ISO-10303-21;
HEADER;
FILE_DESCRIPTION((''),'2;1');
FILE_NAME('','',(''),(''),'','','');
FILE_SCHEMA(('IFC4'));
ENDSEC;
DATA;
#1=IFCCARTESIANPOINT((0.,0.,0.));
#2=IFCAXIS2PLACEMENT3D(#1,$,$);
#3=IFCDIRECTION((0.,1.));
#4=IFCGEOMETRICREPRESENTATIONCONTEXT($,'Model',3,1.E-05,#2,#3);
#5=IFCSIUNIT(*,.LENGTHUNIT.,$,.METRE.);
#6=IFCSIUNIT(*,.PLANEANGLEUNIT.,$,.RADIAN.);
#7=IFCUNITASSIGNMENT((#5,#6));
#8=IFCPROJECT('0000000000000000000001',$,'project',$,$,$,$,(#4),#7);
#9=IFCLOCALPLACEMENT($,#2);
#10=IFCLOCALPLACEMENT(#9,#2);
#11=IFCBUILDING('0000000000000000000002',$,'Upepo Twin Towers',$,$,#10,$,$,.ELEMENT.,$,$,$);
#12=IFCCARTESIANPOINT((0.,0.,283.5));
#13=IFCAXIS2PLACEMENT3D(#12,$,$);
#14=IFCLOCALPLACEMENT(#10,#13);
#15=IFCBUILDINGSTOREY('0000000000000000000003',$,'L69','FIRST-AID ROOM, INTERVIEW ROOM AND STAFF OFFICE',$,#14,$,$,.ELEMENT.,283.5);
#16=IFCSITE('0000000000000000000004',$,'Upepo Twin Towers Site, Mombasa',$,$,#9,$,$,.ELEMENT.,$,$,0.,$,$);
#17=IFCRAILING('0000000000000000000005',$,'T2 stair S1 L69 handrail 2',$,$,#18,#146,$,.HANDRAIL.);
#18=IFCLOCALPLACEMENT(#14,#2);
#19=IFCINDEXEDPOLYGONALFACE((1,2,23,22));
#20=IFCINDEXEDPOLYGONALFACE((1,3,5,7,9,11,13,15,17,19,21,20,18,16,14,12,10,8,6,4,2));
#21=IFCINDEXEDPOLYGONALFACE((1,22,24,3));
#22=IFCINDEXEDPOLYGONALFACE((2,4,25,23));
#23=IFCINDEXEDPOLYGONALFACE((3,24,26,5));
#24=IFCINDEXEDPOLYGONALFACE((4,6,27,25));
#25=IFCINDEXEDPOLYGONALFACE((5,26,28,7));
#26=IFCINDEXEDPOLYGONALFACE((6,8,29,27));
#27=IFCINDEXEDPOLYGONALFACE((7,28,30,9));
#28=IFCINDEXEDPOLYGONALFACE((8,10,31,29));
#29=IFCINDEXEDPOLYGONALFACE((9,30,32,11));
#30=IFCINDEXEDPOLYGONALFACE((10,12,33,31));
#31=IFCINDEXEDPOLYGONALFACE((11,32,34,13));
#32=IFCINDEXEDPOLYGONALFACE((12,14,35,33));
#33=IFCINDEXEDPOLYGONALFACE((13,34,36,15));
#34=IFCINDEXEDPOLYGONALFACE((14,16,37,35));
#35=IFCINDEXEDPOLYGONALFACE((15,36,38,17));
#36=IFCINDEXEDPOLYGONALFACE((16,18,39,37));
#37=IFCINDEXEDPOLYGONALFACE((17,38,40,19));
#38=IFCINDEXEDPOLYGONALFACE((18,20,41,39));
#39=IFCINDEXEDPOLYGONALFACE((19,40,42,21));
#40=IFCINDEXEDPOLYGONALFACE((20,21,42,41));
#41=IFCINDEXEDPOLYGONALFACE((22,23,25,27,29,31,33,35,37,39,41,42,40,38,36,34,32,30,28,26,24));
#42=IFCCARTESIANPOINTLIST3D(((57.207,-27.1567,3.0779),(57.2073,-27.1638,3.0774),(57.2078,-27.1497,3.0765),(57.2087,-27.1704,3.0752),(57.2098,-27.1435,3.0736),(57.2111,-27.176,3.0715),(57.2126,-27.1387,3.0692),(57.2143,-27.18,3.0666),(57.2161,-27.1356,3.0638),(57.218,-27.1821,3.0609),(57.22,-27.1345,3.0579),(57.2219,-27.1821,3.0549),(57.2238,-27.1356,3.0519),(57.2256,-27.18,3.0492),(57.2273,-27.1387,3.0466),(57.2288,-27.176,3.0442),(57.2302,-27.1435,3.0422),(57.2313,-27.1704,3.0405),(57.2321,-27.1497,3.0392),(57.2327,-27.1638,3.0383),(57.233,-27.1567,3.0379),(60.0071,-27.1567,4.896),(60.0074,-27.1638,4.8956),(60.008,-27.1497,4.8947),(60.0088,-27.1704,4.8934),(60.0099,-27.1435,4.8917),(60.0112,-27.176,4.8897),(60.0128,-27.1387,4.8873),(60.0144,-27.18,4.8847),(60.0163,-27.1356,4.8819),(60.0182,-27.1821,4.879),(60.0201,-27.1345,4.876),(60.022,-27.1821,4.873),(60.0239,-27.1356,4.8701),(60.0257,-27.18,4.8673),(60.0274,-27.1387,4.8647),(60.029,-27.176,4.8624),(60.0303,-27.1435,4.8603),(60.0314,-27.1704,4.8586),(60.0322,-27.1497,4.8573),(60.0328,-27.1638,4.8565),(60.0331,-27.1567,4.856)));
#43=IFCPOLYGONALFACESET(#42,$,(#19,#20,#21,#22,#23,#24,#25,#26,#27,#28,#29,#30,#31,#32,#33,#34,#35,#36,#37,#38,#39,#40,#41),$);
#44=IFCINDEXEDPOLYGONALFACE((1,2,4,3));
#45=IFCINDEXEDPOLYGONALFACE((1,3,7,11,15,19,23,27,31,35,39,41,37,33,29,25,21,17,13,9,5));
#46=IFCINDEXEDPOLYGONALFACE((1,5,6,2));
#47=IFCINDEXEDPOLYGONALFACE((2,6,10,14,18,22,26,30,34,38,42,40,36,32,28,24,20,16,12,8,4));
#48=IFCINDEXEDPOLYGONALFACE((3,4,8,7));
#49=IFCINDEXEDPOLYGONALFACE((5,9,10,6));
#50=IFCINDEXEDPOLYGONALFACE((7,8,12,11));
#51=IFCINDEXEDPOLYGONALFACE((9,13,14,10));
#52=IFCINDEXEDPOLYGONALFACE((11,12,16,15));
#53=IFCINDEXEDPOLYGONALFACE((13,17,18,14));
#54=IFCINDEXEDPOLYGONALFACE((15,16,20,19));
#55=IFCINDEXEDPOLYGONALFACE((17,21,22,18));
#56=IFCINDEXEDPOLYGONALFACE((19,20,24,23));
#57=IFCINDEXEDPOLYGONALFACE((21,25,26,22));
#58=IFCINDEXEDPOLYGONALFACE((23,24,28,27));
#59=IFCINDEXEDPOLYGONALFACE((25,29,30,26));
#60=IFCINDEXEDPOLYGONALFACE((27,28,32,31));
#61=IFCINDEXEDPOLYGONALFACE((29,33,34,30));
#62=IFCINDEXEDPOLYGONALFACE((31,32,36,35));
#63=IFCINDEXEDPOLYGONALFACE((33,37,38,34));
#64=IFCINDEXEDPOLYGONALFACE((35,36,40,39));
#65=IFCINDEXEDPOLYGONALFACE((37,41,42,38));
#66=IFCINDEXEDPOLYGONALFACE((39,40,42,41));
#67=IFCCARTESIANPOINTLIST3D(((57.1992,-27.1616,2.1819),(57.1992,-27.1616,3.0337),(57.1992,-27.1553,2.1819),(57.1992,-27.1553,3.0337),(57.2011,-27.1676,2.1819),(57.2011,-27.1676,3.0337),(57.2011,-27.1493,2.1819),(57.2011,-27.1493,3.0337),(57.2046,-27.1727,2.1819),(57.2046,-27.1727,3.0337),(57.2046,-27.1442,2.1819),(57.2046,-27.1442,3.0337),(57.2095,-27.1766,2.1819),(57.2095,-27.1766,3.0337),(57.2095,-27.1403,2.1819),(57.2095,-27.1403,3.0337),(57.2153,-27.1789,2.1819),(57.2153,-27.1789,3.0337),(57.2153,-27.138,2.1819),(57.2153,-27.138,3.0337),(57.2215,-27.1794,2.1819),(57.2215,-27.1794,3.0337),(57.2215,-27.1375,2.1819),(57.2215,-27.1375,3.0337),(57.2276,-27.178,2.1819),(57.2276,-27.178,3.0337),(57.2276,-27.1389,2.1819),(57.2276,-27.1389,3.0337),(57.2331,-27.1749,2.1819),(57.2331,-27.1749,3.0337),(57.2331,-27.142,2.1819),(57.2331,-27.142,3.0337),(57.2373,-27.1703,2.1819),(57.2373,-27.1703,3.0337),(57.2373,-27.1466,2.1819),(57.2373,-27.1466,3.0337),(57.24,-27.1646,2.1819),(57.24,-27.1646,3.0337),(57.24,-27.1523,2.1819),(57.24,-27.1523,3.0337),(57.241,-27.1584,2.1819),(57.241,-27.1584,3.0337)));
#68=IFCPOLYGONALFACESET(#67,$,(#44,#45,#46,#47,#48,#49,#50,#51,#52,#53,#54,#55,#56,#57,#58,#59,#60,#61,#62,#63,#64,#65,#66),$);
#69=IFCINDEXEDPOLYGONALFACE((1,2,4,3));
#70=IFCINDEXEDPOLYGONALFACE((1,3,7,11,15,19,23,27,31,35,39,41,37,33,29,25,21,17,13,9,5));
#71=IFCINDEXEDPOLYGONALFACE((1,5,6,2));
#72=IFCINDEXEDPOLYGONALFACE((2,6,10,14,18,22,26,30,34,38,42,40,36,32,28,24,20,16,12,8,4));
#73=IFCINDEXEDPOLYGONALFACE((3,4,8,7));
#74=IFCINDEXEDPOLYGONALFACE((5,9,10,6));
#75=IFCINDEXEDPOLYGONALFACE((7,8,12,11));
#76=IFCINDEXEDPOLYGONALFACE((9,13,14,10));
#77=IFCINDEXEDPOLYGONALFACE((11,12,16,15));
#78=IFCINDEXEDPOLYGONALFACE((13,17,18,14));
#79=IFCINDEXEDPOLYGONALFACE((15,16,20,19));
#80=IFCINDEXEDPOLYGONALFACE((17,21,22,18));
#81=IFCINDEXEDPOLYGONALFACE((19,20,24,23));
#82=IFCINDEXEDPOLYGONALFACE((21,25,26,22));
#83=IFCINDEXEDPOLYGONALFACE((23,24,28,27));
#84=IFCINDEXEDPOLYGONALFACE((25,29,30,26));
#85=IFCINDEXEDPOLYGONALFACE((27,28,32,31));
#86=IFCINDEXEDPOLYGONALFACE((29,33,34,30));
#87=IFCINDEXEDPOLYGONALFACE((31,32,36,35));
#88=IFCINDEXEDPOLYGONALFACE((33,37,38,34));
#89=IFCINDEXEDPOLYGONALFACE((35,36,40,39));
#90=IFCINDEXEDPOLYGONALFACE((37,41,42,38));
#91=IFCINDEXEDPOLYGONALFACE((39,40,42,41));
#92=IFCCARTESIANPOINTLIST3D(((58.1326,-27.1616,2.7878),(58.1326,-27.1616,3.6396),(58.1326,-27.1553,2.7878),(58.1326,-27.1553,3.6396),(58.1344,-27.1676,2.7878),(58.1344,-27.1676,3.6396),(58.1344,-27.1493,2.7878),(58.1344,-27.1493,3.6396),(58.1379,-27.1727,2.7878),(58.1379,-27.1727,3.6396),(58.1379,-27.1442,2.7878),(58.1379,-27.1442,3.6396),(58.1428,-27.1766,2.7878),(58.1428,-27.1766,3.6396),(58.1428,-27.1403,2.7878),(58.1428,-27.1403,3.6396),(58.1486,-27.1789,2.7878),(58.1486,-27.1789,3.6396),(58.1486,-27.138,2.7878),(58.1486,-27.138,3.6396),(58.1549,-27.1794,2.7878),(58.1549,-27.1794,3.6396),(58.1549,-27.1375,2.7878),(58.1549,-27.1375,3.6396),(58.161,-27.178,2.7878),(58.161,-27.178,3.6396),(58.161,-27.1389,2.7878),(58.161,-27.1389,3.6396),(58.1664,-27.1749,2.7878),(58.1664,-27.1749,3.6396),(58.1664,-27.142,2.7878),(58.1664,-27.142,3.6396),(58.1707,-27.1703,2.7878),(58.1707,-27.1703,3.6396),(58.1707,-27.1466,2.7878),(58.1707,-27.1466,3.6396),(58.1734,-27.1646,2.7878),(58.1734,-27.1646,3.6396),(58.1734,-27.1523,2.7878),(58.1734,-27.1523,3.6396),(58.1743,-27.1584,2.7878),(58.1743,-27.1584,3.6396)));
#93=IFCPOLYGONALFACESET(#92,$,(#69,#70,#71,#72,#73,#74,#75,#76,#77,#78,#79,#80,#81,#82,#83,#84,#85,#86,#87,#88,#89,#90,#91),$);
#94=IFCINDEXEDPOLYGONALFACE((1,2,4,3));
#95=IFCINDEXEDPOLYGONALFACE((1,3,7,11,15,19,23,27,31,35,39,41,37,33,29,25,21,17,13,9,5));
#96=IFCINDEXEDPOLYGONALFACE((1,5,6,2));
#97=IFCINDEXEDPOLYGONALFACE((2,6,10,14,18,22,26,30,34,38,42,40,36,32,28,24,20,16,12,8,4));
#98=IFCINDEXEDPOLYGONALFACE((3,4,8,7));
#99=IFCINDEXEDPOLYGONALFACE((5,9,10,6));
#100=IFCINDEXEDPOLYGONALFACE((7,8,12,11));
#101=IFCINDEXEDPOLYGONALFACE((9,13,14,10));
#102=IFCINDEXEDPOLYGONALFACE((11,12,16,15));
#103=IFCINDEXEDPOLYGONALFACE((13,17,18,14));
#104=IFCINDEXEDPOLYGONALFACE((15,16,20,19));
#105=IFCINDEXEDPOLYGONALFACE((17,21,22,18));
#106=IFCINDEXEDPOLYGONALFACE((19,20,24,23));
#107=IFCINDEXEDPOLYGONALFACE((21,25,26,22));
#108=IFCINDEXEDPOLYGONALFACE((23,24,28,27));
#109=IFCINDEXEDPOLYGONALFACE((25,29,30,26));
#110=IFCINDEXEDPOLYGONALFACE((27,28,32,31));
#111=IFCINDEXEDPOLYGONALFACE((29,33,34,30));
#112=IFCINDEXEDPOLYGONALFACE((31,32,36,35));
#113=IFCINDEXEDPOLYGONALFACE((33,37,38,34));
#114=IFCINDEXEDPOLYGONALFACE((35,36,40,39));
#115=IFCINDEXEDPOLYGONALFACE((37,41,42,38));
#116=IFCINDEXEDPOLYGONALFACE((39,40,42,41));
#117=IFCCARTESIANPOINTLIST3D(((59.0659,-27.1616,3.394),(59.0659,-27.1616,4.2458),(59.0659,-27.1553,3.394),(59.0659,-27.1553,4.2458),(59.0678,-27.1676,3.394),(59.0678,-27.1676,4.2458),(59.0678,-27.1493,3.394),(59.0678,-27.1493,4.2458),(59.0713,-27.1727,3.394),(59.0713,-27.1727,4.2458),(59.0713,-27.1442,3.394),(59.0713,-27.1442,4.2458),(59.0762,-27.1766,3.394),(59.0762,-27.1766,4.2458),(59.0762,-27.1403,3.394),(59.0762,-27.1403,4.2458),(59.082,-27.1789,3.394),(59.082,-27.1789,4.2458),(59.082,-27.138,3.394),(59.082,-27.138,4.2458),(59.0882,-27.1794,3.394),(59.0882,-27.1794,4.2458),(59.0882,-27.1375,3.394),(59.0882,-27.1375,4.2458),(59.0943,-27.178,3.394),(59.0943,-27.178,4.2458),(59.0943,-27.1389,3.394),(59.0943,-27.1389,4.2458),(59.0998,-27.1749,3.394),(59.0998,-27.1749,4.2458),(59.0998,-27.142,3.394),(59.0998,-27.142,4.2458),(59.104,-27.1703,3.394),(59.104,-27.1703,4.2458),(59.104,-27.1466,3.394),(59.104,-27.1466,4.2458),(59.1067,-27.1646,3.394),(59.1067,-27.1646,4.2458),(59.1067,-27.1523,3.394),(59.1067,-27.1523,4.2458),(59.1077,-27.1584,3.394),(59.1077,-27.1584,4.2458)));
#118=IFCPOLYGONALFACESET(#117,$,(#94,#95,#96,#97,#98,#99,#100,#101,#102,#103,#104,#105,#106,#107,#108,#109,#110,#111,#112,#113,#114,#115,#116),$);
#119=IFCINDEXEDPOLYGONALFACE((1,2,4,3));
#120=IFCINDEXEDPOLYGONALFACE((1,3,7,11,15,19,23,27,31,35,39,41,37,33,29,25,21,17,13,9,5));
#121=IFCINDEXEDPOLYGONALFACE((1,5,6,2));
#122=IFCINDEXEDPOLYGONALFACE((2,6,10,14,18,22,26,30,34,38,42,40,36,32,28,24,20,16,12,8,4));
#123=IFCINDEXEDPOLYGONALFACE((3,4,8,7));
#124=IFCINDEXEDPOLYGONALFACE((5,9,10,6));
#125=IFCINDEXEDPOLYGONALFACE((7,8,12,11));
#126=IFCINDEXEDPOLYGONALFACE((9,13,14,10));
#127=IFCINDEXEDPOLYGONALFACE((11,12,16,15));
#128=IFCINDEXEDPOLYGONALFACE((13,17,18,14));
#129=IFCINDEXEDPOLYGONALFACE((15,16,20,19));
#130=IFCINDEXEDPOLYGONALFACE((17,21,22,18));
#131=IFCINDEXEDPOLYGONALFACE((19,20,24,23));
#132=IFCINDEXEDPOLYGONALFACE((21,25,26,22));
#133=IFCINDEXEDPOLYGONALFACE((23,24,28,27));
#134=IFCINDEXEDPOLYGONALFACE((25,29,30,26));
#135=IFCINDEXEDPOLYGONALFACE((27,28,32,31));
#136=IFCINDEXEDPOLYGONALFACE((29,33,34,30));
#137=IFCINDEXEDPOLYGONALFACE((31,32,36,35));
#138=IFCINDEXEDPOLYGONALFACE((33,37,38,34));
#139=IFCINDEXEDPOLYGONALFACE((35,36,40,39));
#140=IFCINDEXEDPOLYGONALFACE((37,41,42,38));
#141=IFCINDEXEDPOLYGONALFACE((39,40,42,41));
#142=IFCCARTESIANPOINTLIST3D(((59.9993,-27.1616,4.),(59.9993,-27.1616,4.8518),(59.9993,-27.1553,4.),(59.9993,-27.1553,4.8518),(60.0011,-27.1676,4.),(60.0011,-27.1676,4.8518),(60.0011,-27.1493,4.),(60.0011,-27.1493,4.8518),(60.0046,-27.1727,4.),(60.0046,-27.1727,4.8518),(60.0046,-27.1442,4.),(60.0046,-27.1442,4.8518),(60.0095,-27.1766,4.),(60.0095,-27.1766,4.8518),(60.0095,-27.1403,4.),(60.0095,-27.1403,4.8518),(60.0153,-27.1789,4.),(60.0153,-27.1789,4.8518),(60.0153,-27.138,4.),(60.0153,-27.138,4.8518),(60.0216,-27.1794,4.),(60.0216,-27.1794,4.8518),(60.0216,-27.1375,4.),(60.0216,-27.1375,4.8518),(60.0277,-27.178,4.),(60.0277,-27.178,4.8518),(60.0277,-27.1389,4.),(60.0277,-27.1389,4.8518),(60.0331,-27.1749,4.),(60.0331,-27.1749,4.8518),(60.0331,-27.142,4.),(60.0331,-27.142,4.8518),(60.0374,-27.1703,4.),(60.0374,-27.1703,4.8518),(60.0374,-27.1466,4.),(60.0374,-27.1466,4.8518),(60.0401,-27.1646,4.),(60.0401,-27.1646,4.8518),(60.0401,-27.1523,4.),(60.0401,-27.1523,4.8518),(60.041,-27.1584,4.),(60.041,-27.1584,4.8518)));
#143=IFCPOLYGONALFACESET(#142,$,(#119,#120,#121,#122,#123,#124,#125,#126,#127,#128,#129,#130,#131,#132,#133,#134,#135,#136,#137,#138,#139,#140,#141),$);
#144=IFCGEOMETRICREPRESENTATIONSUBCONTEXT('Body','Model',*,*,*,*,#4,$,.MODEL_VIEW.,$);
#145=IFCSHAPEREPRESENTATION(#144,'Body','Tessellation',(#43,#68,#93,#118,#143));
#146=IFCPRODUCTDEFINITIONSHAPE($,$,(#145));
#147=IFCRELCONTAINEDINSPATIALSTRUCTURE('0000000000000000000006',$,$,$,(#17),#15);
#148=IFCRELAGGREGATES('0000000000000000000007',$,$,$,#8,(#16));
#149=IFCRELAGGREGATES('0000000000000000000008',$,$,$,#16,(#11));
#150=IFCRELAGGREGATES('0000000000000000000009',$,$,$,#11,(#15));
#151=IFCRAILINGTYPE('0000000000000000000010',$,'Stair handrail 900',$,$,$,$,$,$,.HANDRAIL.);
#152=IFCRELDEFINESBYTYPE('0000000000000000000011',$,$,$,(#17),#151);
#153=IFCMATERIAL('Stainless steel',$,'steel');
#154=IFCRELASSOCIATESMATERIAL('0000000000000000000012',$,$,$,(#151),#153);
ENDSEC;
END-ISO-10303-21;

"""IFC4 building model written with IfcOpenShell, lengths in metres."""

from ifc_helpers import new_model, si_unit, direction, frame, origin, origin_2d, place, context, subcontext, project, spatial, circle, extrude, material, type_object, element, save


model = new_model("IFC4")

# Units and contexts
model_context = context("Model", 3, precision=1e-05, world=origin(), true_north=direction((0.0, 1.0)))
body_context = subcontext(model_context, "Body", "Model", "MODEL_VIEW")
ifc_project = project(units=[si_unit("LENGTHUNIT", "METRE"), si_unit("PLANEANGLEUNIT", "RADIAN")], contexts=[model_context])

# Site, building, storey
site_placement = place(None, origin())
site = spatial("IfcSite", under=ifc_project, at=site_placement, Name="Upepo Twin Towers Site, Mombasa", CompositionType="ELEMENT", RefElevation=0.0)
building_placement = place(site_placement, origin())
building = spatial("IfcBuilding", under=site, at=building_placement, Name="Upepo Twin Towers", CompositionType="ELEMENT")
storey_placement = place(building_placement, frame((0.0, 0.0, 283.5)))
storey = spatial("IfcBuildingStorey", under=building, at=storey_placement, Name="L69", Description="FIRST-AID ROOM, INTERVIEW ROOM AND STAFF OFFICE", CompositionType="ELEMENT", Elevation=283.5)

# Railing
ifc_material_1 = material(Name="Stainless steel", Category="steel")
railing_type = type_object("IfcRailingType", Name="Stair handrail 900", PredefinedType="HANDRAIL", material=ifc_material_1)
railing_placement = place(storey_placement, frame((57.22, -27.1584, 2.1819)))
element("IfcRailing", 1, at=railing_placement, inside=storey, type_object=railing_type, Name="T2 stair S1 L69 handrail 2", PredefinedType="HANDRAIL", context=body_context, shape_type="SweptSolid", body=[
    extrude(circle(Radius=0.0239, at=origin_2d()), frame((0.0, 0.0, 0.876), z_axis=(0.838706, 0.0, 0.544585), x_axis=(0.0, 1.0, 0.0)), (0.0, 0.0, 1.0), 3.3386),
    extrude(circle(Radius=0.021, at=origin_2d()), origin(), (0.0, 0.0, 1.0), 0.8518),
    extrude(circle(Radius=0.021, at=origin_2d()), frame((0.9333, 0.0, 0.606)), (0.0, 0.0, 1.0), 0.8518),
    extrude(circle(Radius=0.021, at=origin_2d()), frame((1.8667, 0.0, 1.2122)), (0.0, 0.0, 1.0), 0.8518),
    extrude(circle(Radius=0.021, at=origin_2d()), frame((2.8, 0.0, 1.8181)), (0.0, 0.0, 1.0), 0.8518),
])

save(model, "model.ifc")
